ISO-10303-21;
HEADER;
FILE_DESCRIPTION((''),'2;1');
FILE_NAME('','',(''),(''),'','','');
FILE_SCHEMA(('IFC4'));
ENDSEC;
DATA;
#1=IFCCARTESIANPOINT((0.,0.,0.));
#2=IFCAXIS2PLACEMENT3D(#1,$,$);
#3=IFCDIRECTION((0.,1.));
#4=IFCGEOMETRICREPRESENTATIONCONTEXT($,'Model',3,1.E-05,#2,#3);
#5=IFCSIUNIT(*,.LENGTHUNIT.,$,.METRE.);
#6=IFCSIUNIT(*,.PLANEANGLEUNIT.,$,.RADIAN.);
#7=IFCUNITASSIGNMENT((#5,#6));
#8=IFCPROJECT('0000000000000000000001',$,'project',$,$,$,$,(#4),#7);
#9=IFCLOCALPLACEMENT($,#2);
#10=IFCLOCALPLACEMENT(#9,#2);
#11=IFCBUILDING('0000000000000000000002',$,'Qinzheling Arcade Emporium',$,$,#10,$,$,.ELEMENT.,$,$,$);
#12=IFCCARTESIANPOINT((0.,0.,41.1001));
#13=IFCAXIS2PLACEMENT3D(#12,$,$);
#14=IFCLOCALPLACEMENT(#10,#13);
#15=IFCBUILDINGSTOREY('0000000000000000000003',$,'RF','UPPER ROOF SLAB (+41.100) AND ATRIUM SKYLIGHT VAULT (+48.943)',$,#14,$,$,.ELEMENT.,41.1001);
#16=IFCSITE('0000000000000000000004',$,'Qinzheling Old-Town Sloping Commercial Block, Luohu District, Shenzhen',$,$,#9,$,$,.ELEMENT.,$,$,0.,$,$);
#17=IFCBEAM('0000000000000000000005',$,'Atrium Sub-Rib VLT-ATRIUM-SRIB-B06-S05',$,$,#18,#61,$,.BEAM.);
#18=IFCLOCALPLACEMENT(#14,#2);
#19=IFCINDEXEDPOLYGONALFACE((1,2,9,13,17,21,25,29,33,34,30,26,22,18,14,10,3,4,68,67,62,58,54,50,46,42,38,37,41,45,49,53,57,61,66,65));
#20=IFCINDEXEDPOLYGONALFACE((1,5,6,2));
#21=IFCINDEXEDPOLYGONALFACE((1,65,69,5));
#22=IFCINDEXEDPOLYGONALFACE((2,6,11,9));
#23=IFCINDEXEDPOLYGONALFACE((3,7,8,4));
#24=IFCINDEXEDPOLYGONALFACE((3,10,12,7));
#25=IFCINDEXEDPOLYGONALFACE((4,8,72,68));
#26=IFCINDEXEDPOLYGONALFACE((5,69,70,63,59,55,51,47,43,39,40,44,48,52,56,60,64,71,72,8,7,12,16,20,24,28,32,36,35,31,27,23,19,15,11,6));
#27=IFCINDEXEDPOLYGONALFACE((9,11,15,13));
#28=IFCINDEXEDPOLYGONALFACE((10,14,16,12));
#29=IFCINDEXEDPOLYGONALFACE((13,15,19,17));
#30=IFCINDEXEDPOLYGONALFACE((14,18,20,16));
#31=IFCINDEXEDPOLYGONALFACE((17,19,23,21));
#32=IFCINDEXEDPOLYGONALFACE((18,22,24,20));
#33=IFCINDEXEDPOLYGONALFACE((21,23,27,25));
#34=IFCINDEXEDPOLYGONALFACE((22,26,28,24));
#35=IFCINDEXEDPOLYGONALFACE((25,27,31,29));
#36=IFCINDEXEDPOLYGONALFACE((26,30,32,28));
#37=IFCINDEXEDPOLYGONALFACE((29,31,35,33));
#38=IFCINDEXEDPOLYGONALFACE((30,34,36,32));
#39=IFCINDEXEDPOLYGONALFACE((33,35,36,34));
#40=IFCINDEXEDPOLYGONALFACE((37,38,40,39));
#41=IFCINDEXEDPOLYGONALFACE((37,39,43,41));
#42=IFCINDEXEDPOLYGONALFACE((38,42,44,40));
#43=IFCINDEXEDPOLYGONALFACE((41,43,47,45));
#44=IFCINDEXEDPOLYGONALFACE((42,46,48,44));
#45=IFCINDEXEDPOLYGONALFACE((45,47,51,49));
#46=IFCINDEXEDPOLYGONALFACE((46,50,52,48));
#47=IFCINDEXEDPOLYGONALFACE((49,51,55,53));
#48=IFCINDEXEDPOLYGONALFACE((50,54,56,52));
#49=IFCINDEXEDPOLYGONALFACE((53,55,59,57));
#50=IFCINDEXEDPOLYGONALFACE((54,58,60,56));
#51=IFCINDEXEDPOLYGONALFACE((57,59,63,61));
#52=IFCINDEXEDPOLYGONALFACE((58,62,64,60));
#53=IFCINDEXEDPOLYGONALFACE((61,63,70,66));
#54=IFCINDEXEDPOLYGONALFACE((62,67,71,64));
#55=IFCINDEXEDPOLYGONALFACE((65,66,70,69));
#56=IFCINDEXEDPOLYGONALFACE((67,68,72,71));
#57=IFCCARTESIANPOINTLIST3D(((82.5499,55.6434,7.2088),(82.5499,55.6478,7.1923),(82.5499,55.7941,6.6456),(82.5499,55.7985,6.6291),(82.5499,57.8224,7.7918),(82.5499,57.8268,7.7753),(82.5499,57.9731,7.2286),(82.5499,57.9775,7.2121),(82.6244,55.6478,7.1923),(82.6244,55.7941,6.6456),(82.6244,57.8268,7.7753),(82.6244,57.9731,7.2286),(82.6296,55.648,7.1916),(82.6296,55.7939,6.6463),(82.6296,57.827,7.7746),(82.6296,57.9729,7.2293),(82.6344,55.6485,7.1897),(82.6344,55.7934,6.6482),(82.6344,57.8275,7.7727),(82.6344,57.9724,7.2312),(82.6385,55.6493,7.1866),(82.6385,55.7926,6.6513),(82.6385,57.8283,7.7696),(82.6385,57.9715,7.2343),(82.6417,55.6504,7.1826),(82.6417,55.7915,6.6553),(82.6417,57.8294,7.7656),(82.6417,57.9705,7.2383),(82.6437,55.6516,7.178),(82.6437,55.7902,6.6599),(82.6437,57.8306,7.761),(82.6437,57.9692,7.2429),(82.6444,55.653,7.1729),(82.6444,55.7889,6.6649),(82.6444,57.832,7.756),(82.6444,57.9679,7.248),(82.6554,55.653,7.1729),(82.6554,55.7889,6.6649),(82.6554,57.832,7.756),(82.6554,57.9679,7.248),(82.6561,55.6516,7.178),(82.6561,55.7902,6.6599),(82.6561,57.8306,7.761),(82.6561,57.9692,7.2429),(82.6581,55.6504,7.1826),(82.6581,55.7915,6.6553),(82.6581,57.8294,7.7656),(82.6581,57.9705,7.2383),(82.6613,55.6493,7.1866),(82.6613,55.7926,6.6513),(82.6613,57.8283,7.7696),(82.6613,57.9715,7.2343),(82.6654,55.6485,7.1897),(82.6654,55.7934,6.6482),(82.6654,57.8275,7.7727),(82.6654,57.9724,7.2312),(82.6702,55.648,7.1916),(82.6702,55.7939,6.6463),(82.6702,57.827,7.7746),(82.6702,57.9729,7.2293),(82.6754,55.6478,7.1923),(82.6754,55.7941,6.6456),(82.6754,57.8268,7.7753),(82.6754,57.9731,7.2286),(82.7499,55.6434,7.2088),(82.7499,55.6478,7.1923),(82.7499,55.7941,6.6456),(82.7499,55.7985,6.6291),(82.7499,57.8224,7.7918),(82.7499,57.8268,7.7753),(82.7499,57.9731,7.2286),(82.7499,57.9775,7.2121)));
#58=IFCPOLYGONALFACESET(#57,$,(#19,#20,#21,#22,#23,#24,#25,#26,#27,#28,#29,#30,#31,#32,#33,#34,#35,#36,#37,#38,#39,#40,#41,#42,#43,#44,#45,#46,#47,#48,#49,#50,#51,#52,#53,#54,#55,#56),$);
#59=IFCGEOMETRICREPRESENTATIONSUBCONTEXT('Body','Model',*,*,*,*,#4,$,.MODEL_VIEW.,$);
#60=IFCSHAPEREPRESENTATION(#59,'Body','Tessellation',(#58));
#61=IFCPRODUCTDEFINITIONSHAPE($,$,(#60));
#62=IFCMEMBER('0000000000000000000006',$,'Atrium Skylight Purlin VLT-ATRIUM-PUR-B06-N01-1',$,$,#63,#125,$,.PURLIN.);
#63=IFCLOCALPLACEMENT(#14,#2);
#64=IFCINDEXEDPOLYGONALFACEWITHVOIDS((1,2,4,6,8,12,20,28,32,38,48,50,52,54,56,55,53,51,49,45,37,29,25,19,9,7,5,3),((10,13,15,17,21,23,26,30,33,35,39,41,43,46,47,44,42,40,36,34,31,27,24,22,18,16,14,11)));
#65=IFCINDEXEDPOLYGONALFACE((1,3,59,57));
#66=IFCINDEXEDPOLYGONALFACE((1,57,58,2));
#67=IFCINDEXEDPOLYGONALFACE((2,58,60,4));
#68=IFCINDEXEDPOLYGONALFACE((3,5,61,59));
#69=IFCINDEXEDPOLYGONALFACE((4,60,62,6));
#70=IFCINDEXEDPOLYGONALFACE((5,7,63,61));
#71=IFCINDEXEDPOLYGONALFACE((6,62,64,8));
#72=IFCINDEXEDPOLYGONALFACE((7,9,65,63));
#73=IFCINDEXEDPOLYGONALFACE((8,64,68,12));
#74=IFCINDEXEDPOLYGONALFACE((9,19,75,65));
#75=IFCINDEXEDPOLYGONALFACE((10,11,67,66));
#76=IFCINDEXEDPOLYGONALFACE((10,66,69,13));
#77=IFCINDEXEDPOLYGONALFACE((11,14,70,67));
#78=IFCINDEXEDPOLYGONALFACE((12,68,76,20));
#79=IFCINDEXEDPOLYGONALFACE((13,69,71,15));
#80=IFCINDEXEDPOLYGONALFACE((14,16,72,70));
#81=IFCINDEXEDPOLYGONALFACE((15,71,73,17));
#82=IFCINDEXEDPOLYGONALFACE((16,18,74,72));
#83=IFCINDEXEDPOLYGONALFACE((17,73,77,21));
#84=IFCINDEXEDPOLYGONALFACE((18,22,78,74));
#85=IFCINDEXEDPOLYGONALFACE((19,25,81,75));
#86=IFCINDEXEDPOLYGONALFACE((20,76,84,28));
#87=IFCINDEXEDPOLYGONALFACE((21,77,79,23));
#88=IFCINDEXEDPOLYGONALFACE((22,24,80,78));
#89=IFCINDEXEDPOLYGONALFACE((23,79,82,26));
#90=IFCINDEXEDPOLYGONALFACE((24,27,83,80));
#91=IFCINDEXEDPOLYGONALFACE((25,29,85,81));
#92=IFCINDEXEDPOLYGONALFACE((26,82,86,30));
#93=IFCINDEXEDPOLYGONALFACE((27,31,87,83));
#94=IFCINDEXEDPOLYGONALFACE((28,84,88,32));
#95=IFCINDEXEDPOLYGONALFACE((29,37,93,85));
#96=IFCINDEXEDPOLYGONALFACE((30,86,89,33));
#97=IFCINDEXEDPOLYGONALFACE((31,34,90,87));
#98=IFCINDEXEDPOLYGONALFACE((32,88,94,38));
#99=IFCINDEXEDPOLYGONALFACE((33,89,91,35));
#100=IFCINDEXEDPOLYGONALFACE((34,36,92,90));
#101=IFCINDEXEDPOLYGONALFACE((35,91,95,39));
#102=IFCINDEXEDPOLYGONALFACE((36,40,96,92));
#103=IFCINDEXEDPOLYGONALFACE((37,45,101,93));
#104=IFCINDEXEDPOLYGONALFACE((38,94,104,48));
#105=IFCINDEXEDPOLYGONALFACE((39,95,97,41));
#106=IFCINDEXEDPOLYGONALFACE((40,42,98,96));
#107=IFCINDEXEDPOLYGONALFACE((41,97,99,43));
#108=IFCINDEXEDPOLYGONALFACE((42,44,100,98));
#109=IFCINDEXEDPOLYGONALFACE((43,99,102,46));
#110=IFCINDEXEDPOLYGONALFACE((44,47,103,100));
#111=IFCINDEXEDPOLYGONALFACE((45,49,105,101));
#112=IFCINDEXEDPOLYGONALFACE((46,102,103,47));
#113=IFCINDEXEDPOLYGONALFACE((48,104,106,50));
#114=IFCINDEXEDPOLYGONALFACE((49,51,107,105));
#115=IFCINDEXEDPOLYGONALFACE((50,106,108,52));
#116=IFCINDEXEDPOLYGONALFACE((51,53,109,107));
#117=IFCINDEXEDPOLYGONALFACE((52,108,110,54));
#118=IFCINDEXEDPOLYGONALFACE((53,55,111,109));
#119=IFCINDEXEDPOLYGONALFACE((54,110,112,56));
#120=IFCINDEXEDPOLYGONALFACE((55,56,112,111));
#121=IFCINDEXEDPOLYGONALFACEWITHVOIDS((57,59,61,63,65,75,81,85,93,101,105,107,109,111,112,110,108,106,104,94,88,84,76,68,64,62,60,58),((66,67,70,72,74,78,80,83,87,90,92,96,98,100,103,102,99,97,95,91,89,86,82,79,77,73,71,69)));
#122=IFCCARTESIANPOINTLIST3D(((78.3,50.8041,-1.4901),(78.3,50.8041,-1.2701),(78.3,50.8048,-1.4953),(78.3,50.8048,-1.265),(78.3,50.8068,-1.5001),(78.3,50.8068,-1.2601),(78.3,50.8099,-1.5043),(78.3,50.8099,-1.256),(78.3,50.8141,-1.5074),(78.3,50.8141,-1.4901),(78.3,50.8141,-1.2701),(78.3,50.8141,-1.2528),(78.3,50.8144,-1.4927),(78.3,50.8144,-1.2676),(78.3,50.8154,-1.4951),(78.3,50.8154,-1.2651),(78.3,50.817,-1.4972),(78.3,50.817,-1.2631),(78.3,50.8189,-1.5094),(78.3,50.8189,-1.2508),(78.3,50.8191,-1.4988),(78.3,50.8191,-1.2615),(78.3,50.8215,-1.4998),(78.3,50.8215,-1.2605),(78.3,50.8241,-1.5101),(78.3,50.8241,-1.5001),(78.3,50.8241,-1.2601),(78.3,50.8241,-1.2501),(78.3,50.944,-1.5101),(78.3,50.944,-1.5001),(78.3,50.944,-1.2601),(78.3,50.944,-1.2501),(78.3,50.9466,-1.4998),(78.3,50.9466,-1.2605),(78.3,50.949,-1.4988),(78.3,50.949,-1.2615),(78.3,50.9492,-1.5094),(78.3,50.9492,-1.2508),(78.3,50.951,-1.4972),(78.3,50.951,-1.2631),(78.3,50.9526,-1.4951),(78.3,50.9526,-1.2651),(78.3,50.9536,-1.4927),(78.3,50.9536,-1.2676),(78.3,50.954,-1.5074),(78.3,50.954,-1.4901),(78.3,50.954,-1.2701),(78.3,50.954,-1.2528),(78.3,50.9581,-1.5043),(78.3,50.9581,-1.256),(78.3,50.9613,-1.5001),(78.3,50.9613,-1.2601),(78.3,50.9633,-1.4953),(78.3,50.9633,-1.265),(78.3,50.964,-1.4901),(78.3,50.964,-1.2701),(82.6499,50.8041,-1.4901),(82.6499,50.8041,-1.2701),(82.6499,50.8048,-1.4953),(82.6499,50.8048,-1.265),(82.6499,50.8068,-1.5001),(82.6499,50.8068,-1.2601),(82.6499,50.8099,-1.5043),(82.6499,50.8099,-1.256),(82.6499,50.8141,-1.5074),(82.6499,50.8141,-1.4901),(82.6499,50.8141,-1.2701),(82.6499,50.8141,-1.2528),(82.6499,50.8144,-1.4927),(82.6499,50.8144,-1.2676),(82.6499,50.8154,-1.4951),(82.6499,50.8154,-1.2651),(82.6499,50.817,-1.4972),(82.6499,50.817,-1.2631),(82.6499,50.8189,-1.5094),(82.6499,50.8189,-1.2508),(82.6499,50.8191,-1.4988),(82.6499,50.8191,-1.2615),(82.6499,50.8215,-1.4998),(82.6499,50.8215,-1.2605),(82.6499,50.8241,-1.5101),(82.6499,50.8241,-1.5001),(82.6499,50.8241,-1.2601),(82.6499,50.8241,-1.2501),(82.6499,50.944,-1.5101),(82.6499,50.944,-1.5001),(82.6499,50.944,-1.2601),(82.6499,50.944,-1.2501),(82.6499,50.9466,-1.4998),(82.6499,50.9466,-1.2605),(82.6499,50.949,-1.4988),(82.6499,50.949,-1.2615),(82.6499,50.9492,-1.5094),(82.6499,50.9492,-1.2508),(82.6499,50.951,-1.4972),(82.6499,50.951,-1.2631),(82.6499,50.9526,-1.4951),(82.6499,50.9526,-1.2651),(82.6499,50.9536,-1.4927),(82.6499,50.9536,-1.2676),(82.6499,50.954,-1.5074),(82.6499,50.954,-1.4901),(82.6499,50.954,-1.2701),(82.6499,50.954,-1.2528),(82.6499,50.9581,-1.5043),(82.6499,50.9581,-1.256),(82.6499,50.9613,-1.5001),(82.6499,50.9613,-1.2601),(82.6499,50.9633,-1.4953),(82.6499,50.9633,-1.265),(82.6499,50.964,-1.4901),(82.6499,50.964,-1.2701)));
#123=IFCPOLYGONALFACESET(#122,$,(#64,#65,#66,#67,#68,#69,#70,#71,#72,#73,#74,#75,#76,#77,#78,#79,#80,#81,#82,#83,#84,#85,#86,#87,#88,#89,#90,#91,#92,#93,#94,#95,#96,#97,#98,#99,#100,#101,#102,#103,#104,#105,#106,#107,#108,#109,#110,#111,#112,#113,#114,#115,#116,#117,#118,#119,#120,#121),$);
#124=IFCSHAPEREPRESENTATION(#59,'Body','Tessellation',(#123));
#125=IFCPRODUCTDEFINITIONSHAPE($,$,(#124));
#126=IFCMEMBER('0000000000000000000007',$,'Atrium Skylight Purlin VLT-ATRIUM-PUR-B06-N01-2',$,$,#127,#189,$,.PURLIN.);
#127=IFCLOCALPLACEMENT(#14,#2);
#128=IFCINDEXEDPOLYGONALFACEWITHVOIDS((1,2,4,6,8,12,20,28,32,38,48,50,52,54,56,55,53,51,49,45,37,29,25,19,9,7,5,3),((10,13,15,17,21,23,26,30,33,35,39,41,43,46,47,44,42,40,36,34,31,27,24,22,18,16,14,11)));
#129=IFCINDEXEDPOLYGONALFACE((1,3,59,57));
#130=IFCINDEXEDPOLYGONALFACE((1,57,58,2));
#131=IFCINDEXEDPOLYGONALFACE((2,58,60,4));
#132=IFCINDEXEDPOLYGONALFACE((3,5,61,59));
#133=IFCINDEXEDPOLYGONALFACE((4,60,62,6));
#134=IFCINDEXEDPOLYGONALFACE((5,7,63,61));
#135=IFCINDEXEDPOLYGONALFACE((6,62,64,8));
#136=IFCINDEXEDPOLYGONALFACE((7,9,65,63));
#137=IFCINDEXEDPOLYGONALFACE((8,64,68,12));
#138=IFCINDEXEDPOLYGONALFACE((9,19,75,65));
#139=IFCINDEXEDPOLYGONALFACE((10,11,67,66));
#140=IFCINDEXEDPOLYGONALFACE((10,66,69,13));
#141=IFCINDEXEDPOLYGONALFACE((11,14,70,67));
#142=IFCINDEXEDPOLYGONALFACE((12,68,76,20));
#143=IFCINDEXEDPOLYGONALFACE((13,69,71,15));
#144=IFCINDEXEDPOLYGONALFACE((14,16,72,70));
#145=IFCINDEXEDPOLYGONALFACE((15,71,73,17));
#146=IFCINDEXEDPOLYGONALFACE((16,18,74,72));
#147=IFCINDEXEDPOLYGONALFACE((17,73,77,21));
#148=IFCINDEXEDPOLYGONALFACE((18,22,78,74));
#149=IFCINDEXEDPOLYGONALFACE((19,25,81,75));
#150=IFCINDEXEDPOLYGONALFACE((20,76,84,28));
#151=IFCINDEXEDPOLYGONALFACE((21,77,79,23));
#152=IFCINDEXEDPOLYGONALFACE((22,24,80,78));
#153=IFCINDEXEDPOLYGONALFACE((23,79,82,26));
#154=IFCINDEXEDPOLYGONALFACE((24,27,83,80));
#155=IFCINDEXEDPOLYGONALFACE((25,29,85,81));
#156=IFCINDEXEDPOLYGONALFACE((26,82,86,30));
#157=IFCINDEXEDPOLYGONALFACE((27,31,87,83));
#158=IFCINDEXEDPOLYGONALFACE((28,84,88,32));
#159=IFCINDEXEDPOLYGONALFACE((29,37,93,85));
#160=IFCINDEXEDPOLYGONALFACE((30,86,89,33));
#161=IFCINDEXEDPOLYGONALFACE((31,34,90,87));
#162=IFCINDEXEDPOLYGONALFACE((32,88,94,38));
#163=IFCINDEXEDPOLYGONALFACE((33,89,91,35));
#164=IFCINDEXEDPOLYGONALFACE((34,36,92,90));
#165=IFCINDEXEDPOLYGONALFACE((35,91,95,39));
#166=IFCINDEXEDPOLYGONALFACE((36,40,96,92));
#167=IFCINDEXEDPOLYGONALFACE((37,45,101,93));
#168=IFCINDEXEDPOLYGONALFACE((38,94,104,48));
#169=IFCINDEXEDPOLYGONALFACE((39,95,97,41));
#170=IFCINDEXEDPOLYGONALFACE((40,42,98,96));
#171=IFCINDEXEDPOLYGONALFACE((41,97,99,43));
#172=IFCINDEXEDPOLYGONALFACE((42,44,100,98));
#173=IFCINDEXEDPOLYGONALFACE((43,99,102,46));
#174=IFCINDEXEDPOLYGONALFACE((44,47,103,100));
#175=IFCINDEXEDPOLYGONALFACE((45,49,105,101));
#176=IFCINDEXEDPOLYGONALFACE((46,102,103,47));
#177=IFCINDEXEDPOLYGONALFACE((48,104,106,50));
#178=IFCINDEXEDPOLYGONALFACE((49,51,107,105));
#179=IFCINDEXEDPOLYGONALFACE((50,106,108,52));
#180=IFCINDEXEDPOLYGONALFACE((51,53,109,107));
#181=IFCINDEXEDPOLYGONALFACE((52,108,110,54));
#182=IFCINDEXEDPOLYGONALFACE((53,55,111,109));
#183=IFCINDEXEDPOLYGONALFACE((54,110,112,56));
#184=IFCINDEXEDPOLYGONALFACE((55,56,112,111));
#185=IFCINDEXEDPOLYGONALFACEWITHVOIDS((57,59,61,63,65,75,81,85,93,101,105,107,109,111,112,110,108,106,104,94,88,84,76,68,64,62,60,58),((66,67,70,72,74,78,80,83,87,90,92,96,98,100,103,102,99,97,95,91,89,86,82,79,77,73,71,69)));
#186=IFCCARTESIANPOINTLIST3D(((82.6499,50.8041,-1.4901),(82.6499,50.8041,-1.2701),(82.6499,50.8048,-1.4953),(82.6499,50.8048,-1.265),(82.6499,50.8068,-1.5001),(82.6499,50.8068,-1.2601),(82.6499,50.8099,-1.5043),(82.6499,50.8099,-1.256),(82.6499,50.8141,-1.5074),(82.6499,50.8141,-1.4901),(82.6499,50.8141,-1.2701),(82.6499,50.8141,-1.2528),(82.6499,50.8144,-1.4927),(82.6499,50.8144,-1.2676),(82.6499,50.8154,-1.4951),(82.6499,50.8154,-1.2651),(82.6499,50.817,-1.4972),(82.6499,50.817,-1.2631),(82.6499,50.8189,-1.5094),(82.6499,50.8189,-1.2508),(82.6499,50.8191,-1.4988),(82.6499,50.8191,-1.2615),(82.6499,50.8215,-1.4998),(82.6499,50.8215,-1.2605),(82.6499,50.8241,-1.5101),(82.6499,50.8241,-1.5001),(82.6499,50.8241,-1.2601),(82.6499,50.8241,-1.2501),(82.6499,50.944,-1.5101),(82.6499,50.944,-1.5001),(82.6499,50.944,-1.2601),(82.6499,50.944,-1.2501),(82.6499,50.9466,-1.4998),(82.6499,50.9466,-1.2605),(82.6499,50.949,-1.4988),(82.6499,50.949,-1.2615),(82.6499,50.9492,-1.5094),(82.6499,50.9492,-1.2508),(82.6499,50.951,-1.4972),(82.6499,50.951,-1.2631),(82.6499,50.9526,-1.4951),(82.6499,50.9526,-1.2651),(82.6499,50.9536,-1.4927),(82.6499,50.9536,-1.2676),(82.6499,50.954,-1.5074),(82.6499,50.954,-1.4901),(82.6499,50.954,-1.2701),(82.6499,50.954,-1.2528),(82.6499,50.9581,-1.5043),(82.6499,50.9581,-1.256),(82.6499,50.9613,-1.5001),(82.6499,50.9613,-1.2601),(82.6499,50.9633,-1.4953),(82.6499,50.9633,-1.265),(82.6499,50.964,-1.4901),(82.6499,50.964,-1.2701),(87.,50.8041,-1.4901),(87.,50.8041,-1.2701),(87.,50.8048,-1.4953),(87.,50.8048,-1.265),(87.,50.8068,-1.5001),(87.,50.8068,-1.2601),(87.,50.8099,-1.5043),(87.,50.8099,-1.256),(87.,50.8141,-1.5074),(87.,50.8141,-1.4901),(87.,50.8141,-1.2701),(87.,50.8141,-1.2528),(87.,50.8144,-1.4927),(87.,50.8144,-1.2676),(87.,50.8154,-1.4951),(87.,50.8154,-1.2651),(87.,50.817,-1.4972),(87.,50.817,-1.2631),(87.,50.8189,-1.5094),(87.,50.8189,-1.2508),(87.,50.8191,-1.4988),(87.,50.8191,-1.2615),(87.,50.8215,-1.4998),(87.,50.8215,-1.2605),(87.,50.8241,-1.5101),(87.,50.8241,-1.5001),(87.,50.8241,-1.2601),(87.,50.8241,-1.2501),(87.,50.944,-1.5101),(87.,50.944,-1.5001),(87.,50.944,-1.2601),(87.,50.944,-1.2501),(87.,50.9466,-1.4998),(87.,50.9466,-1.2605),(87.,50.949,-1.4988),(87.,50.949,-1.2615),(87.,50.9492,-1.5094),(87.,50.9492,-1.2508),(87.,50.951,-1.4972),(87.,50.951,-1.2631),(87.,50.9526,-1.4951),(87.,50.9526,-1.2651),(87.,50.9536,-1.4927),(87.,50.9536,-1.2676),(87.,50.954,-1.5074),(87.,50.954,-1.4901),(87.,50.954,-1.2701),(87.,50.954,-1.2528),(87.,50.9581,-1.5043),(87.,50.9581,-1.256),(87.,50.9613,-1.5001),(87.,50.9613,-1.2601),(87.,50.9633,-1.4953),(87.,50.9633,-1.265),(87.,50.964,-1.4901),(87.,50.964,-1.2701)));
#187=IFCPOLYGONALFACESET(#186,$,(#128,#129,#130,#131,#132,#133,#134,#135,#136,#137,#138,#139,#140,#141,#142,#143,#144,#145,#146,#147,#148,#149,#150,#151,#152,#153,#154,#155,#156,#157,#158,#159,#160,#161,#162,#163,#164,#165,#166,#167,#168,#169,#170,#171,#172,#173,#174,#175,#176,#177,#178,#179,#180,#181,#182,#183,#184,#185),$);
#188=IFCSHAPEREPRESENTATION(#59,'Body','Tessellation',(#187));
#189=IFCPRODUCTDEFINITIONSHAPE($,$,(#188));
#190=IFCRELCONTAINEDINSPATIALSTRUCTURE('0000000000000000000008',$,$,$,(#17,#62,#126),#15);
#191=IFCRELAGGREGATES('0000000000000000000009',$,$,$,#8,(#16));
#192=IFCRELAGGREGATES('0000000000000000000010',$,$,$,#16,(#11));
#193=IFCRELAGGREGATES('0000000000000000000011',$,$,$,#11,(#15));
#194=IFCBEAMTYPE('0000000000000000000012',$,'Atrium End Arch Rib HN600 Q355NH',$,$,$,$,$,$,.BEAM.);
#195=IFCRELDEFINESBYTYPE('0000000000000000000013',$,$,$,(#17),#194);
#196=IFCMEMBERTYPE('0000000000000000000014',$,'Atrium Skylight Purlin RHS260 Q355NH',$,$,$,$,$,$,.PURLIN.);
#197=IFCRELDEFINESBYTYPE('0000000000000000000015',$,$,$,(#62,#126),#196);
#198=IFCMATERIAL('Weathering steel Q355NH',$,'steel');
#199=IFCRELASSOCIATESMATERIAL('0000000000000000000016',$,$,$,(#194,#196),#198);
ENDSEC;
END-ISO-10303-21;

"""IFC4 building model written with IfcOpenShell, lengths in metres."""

from ifc_helpers import new_model, si_unit, direction, frame, origin, origin_2d, place, context, subcontext, project, spatial, hollow_rectangle, i_section, extrude, material, material_profile, profile_set, type_object, element, save


model = new_model("IFC4")

# Units and contexts
model_context = context("Model", 3, precision=1e-05, world=origin(), true_north=direction((0.0, 1.0)))
body_context = subcontext(model_context, "Body", "Model", "MODEL_VIEW")
ifc_project = project(units=[si_unit("LENGTHUNIT", "METRE"), si_unit("PLANEANGLEUNIT", "RADIAN")], contexts=[model_context])

# Site, building, storey
site_placement = place(None, origin())
site = spatial("IfcSite", under=ifc_project, at=site_placement, Name="Qinzheling Old-Town Sloping Commercial Block, Luohu District, Shenzhen", CompositionType="ELEMENT", RefElevation=0.0)
building_placement = place(site_placement, origin())
building = spatial("IfcBuilding", under=site, at=building_placement, Name="Qinzheling Arcade Emporium", CompositionType="ELEMENT")
storey_placement = place(building_placement, frame((0.0, 0.0, 41.1001)))
storey = spatial("IfcBuildingStorey", under=building, at=storey_placement, Name="RF", Description="UPPER ROOF SLAB (+41.100) AND ATRIUM SKYLIGHT VAULT (+48.943)", CompositionType="ELEMENT", Elevation=41.1001)

# Beam
ifc_material_1 = material(Name="Weathering steel Q355NH", Category="steel")
ifc_material_profile_1 = material_profile(ifc_material_1, i_section(OverallWidth=0.2, OverallDepth=0.6001, WebThickness=0.011, FlangeThickness=0.0171, FilletRadius=0.02, at=origin_2d()), Name="HN 600x200x11x17", Category="steel")
ifc_profile_set_1 = profile_set([ifc_material_profile_1], Name="Weathering steel Q355NH")
beam_type_1 = type_object("IfcBeamType", Name="Atrium End Arch Rib HN600 Q355NH", PredefinedType="BEAM", material=ifc_profile_set_1)
beam_1_placement = place(storey_placement, frame((82.6499, 55.7209, 6.9189), z_axis=(0.0, 0.966019, 0.258471), x_axis=(-1.0, 0.0, 0.0)))
element("IfcBeam", 1, at=beam_1_placement, inside=storey, type_object=beam_type_1, Name="Atrium Sub-Rib VLT-ATRIUM-SRIB-B06-S05", PredefinedType="BEAM", context=body_context, shape_type="SweptSolid", body=[
    extrude(i_section(OverallWidth=0.2, OverallDepth=0.6001, WebThickness=0.011, FlangeThickness=0.0171, FilletRadius=0.02, at=origin_2d()), origin(), (0.0, 0.0, 1.0), 2.2556),
])

# Members
ifc_material_profile_2 = material_profile(ifc_material_1, hollow_rectangle(XDim=0.1599, YDim=0.26, WallThickness=0.01, InnerFilletRadius=0.01, OuterFilletRadius=0.02, at=origin_2d()), Name="RHS 260x160x10", Category="steel")
ifc_profile_set_2 = profile_set([ifc_material_profile_2], Name="Weathering steel Q355NH")
member_type = type_object("IfcMemberType", Name="Atrium Skylight Purlin RHS260 Q355NH", PredefinedType="PURLIN", material=ifc_profile_set_2)
member_1_placement = place(storey_placement, frame((78.3, 50.884, -1.3801), z_axis=(1.0, 0.0, 0.0), x_axis=(0.0, 1.0, 0.0)))
element("IfcMember", 2, at=member_1_placement, inside=storey, type_object=member_type, Name="Atrium Skylight Purlin VLT-ATRIUM-PUR-B06-N01-1", PredefinedType="PURLIN", context=body_context, shape_type="SweptSolid", body=[
    extrude(hollow_rectangle(XDim=0.1599, YDim=0.26, WallThickness=0.01, InnerFilletRadius=0.01, OuterFilletRadius=0.02, at=origin_2d()), origin(), (0.0, 0.0, 1.0), 4.3499),
])
member_2_placement = place(storey_placement, frame((82.6499, 50.884, -1.3801), z_axis=(1.0, 0.0, 0.0), x_axis=(0.0, 1.0, 0.0)))
element("IfcMember", 3, at=member_2_placement, inside=storey, type_object=member_type, Name="Atrium Skylight Purlin VLT-ATRIUM-PUR-B06-N01-2", PredefinedType="PURLIN", context=body_context, shape_type="SweptSolid", body=[
    extrude(hollow_rectangle(XDim=0.1599, YDim=0.26, WallThickness=0.01, InnerFilletRadius=0.01, OuterFilletRadius=0.02, at=origin_2d()), origin(), (0.0, 0.0, 1.0), 4.3501),
])

save(model, "model.ifc")
